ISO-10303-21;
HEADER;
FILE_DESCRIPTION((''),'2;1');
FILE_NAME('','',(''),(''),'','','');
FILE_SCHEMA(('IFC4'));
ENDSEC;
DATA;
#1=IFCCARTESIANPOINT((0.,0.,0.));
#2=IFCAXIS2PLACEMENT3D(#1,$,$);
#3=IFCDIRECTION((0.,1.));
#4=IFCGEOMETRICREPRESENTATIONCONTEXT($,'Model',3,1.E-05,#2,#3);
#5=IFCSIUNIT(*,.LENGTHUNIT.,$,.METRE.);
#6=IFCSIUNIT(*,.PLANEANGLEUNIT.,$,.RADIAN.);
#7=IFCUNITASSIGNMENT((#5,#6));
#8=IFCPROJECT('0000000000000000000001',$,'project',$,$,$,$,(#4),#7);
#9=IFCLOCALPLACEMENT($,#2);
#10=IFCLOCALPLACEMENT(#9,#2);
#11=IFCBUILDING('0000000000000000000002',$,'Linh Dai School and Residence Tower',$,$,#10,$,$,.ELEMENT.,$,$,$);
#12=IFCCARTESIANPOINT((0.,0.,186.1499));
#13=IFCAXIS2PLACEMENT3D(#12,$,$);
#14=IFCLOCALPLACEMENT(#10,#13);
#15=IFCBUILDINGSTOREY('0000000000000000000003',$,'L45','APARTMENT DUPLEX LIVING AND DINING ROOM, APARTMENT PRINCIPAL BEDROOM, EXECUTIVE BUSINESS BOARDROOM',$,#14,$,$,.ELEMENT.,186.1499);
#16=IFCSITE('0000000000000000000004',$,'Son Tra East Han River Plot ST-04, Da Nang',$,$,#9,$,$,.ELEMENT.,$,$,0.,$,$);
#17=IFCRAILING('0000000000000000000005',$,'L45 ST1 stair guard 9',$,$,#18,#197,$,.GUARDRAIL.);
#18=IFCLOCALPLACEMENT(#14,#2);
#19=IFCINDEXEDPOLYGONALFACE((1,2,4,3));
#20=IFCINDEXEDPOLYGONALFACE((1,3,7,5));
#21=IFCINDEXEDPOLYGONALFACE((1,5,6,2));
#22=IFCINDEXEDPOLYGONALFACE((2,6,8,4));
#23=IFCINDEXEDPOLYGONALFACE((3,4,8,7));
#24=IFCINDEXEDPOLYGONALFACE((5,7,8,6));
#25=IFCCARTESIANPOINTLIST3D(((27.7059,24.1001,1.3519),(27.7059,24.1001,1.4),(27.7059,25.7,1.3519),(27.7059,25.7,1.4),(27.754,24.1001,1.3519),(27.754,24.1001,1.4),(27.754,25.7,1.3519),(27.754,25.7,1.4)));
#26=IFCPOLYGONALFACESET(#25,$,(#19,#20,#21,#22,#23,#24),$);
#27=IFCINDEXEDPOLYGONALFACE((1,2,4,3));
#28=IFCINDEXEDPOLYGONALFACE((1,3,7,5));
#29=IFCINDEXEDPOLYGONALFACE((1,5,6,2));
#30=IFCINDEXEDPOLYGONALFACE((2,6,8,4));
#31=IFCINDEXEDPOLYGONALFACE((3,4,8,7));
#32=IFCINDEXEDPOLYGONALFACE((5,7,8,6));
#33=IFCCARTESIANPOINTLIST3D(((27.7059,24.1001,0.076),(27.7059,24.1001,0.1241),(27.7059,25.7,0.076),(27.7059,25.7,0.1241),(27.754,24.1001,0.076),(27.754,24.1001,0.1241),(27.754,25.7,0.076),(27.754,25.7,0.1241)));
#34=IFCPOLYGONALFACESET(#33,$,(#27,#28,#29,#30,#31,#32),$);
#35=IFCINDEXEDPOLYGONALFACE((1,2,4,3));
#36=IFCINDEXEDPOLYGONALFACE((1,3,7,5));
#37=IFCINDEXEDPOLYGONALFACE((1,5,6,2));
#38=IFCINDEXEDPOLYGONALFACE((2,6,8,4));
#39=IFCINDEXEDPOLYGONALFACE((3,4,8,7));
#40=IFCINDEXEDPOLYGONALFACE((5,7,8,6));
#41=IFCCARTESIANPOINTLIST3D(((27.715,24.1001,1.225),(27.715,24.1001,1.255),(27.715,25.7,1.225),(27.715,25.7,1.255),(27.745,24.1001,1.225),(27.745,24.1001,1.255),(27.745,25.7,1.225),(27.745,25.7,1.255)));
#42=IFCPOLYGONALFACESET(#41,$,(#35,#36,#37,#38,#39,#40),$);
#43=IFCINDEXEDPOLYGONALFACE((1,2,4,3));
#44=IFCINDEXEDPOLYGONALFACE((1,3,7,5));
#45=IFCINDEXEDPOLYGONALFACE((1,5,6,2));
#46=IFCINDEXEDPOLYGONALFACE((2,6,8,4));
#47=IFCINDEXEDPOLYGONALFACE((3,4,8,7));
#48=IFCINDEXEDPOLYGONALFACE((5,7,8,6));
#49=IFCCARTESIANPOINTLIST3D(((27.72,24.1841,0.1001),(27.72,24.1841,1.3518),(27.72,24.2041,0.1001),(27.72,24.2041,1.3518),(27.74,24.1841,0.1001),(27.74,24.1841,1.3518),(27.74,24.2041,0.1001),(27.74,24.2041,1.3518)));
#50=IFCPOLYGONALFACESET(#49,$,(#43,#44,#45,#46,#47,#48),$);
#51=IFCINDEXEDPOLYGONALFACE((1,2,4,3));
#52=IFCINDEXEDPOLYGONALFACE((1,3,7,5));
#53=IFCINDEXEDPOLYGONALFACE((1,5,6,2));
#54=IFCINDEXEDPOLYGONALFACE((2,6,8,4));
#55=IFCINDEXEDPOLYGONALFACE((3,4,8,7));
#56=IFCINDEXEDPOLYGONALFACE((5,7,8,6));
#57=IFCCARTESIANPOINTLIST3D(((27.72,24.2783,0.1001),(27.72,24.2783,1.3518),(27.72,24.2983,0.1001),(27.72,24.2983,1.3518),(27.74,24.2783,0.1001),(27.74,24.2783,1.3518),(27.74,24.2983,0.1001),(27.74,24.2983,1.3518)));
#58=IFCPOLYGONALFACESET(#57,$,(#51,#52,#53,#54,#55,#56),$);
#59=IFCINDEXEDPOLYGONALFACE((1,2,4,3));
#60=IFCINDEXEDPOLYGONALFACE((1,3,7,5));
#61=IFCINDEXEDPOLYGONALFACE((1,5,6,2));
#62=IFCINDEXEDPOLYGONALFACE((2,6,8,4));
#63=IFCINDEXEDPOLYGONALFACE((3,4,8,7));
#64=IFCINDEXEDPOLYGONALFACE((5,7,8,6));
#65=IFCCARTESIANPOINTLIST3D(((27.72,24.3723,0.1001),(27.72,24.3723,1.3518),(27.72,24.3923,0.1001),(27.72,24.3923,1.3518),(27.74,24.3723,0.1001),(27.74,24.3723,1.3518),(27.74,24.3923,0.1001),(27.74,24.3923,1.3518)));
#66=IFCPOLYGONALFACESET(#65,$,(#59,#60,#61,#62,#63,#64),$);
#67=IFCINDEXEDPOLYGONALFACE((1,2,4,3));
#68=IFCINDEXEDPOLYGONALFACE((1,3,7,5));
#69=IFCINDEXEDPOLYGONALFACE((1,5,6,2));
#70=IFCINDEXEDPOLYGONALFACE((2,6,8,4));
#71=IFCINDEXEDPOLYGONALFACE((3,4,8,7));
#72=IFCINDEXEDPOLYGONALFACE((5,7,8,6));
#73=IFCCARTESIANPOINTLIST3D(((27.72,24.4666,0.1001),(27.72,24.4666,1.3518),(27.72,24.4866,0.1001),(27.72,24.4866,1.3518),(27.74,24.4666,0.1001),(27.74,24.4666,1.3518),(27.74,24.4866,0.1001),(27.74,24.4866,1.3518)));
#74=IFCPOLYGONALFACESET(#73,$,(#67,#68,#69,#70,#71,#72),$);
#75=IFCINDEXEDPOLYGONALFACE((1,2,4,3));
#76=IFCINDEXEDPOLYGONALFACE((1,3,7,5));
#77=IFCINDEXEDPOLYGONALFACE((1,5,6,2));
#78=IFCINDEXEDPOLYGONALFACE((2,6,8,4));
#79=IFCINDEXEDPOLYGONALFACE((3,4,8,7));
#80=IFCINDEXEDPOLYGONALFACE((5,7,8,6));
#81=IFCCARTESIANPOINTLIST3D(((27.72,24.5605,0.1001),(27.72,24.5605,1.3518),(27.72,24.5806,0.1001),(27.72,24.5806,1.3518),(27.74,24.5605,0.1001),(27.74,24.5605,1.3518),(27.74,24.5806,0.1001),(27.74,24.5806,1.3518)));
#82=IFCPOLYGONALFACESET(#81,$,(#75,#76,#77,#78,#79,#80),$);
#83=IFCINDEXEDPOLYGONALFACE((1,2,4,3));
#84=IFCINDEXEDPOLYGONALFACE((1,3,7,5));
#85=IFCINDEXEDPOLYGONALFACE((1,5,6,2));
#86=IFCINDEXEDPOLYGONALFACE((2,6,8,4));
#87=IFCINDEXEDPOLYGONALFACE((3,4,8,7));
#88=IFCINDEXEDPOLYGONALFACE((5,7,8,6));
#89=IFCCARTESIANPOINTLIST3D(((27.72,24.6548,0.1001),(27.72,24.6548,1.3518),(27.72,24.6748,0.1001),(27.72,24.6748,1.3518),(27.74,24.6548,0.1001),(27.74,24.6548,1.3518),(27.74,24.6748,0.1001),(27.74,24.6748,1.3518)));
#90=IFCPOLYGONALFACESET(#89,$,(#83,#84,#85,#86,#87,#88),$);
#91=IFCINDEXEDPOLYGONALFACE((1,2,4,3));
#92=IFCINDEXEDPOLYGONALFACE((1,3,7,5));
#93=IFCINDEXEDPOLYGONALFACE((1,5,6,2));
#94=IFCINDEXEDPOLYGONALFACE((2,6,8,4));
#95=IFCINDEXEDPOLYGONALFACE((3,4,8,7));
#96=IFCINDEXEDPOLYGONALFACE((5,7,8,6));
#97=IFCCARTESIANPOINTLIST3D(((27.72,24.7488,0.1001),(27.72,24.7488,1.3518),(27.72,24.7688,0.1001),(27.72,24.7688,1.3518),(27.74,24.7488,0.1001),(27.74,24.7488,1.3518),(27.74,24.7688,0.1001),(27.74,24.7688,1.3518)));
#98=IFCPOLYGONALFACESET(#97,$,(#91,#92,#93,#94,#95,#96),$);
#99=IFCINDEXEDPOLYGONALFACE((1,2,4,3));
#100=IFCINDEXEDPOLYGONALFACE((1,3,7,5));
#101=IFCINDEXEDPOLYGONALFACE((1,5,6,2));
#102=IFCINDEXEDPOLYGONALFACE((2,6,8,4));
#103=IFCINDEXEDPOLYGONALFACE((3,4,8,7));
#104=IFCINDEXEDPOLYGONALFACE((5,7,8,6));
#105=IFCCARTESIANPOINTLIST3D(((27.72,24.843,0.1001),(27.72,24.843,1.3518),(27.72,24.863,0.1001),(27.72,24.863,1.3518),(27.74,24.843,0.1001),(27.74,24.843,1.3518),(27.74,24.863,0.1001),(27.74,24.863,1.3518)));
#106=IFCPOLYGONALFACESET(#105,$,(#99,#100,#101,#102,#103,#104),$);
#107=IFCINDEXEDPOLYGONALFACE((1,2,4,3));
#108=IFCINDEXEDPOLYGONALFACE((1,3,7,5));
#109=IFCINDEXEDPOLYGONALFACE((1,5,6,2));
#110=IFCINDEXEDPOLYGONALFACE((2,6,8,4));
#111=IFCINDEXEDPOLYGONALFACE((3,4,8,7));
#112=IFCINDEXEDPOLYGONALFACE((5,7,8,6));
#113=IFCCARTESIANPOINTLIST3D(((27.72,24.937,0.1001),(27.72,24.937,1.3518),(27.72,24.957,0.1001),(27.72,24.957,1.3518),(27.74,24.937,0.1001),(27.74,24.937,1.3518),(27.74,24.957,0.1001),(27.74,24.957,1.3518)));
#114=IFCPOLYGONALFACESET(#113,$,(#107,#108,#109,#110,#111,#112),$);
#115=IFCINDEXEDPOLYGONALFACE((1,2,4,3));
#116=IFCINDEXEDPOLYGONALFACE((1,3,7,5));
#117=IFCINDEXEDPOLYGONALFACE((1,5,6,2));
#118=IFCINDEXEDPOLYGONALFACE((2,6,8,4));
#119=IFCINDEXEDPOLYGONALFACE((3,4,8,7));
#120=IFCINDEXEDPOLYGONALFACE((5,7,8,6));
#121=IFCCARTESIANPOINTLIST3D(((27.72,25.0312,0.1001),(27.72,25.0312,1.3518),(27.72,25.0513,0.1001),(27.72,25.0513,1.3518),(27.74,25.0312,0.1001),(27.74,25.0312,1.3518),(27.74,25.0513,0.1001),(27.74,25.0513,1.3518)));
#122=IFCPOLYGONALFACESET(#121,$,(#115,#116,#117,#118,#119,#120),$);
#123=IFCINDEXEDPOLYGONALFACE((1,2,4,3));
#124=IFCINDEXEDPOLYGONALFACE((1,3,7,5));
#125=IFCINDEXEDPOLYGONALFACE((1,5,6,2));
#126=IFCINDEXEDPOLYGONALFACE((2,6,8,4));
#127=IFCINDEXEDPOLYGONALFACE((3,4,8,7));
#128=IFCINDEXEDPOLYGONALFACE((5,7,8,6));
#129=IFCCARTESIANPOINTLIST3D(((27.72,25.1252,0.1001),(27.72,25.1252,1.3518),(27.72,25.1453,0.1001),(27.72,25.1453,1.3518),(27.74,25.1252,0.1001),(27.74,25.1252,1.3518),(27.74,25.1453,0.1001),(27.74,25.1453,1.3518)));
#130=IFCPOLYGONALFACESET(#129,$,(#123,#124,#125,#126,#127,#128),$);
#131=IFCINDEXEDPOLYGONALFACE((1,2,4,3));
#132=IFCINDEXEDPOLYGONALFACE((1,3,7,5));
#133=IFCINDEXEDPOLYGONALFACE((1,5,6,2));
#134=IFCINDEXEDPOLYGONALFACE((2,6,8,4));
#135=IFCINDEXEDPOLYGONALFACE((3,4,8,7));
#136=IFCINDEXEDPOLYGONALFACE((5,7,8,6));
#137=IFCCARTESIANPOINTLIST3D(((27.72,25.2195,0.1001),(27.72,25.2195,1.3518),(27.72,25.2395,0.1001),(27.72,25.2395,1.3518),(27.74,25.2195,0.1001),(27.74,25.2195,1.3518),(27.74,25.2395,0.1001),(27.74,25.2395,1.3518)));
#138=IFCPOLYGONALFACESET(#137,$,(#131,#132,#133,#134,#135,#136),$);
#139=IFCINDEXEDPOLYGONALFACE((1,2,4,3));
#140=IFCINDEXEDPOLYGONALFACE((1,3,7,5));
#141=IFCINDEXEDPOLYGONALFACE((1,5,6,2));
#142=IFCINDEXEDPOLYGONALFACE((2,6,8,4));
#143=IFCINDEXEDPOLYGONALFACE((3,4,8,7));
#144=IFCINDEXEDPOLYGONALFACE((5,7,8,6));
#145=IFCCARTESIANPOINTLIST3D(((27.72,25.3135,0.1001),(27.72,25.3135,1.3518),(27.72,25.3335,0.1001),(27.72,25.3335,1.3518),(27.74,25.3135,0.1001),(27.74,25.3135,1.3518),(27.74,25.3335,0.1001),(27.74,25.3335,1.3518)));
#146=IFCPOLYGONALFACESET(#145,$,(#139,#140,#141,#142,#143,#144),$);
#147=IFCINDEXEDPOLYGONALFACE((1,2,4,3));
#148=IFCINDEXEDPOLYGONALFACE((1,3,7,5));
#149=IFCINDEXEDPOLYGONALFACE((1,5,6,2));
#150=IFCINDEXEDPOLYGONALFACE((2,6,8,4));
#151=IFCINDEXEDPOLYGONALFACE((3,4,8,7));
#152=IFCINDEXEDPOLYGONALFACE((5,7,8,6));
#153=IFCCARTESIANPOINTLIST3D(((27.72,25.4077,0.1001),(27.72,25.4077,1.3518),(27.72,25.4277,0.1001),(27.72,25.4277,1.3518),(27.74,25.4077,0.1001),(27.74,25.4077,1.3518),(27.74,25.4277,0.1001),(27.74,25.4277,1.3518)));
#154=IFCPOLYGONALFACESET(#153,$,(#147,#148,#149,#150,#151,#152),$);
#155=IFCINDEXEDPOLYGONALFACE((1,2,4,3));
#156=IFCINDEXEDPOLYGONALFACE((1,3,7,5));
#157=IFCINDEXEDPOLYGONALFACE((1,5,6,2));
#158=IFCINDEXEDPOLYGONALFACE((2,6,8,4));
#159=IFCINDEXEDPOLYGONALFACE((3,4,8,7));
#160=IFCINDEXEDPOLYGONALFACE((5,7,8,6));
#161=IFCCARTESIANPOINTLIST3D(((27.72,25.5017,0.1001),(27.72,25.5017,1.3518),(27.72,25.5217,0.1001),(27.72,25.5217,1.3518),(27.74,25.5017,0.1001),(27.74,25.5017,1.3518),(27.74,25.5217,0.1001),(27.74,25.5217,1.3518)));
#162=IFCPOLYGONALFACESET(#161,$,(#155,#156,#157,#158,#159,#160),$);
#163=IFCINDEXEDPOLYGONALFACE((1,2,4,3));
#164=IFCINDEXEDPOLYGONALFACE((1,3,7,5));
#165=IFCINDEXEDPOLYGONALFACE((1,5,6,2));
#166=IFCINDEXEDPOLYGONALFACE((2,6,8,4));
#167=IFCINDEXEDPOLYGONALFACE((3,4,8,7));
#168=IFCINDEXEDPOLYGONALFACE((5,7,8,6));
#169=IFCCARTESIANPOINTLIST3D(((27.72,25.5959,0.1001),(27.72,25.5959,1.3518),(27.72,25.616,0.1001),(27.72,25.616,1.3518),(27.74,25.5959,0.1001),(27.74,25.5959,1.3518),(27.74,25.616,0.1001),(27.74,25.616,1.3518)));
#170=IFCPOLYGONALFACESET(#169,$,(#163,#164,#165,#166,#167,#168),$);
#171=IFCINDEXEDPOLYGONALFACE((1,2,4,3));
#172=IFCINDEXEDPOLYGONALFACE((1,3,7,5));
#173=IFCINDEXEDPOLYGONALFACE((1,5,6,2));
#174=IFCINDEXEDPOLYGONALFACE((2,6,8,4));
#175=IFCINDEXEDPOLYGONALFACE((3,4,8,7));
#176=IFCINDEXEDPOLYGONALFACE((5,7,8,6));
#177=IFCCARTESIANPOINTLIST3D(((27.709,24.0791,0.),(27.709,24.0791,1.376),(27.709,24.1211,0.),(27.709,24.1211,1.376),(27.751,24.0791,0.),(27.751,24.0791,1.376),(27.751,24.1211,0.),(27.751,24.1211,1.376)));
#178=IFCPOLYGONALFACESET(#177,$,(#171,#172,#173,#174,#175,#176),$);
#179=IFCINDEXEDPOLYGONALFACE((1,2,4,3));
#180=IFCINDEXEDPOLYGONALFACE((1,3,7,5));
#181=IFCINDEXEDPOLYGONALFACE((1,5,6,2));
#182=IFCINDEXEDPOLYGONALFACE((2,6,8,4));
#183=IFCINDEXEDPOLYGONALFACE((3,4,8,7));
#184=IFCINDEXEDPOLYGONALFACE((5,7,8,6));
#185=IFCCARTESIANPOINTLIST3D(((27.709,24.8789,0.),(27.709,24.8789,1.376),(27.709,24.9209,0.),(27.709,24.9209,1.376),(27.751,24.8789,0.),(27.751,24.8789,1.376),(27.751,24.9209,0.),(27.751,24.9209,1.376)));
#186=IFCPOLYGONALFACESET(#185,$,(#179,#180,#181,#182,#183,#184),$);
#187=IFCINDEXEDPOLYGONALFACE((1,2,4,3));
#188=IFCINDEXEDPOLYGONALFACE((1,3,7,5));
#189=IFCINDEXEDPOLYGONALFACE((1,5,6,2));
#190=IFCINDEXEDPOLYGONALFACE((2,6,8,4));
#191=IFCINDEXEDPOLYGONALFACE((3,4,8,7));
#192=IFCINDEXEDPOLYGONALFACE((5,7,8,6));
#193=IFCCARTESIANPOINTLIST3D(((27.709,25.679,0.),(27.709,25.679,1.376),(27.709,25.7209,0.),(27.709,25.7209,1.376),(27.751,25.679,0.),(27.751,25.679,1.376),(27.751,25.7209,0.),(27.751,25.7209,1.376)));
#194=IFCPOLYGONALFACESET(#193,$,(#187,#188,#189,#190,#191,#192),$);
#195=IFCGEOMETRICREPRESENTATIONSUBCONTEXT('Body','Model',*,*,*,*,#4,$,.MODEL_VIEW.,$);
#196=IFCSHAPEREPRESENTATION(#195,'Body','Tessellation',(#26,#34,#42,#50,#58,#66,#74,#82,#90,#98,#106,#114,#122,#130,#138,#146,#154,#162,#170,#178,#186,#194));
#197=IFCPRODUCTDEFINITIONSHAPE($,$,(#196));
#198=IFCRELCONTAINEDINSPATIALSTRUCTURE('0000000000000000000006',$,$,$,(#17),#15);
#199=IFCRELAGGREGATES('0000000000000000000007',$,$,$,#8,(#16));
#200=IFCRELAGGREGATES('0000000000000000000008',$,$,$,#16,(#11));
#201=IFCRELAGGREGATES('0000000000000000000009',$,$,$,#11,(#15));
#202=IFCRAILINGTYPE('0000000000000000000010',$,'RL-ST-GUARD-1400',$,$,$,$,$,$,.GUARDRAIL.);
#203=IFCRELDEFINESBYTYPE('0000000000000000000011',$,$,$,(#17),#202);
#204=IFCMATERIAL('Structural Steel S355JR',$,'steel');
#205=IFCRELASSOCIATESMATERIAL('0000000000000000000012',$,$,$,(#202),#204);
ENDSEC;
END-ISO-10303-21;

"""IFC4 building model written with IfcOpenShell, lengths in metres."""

from ifc_helpers import new_model, si_unit, direction, frame, origin, origin_2d, place, context, subcontext, project, spatial, rectangle, extrude, source, transform, mapped, material, type_object, element, save


model = new_model("IFC4")

# Units and contexts
model_context = context("Model", 3, precision=1e-05, world=origin(), true_north=direction((0.0, 1.0)))
body_context = subcontext(model_context, "Body", "Model", "MODEL_VIEW")
ifc_project = project(units=[si_unit("LENGTHUNIT", "METRE"), si_unit("PLANEANGLEUNIT", "RADIAN")], contexts=[model_context])

# Site, building, storey
site_placement = place(None, origin())
site = spatial("IfcSite", under=ifc_project, at=site_placement, Name="Son Tra East Han River Plot ST-04, Da Nang", CompositionType="ELEMENT", RefElevation=0.0)
building_placement = place(site_placement, origin())
building = spatial("IfcBuilding", under=site, at=building_placement, Name="Linh Dai School and Residence Tower", CompositionType="ELEMENT")
storey_placement = place(building_placement, frame((0.0, 0.0, 186.1499)))
storey = spatial("IfcBuildingStorey", under=building, at=storey_placement, Name="L45", Description="APARTMENT DUPLEX LIVING AND DINING ROOM, APARTMENT PRINCIPAL BEDROOM, EXECUTIVE BUSINESS BOARDROOM", CompositionType="ELEMENT", Elevation=186.1499)

# Shared definitions
ifc_material_1 = material(Name="Structural Steel S355JR", Category="steel")

# Railing
railing_type = type_object("IfcRailingType", Name="RL-ST-GUARD-1400", PredefinedType="GUARDRAIL", material=ifc_material_1)
shared_shape_1 = source(origin(), body_context, "Body", "SweptSolid", [
    extrude(rectangle(XDim=0.0481, YDim=0.0481, at=origin_2d()), frame((0.0, 0.0, 1.376), z_axis=(0.0, 1.0, 0.0), x_axis=(-1.0, 0.0, 0.0)), (0.0, 0.0, 1.0), 1.5999),
    extrude(rectangle(XDim=0.0481, YDim=0.0481, at=origin_2d()), frame((0.0, 0.0, 0.1001), z_axis=(0.0, 1.0, 0.0), x_axis=(-1.0, 0.0, 0.0)), (0.0, 0.0, 1.0), 1.5999),
    extrude(rectangle(XDim=0.03, YDim=0.03, at=origin_2d()), frame((0.0, 0.0, 1.24), z_axis=(0.0, 1.0, 0.0), x_axis=(-1.0, 0.0, 0.0)), (0.0, 0.0, 1.0), 1.5999),
    extrude(rectangle(XDim=0.02, YDim=0.02, at=origin_2d()), frame((0.0, 0.094, 0.1001)), (0.0, 0.0, 1.0), 1.2517),
    extrude(rectangle(XDim=0.02, YDim=0.02, at=origin_2d()), frame((0.0, 0.1882, 0.1001)), (0.0, 0.0, 1.0), 1.2517),
    extrude(rectangle(XDim=0.02, YDim=0.02, at=origin_2d()), frame((0.0, 0.2822, 0.1001)), (0.0, 0.0, 1.0), 1.2517),
    extrude(rectangle(XDim=0.02, YDim=0.02, at=origin_2d()), frame((0.0, 0.3765, 0.1001)), (0.0, 0.0, 1.0), 1.2517),
    extrude(rectangle(XDim=0.02, YDim=0.02, at=origin_2d()), frame((0.0, 0.4705, 0.1001)), (0.0, 0.0, 1.0), 1.2517),
    extrude(rectangle(XDim=0.02, YDim=0.02, at=origin_2d()), frame((0.0, 0.5647, 0.1001)), (0.0, 0.0, 1.0), 1.2517),
    extrude(rectangle(XDim=0.02, YDim=0.02, at=origin_2d()), frame((0.0, 0.6587, 0.1001)), (0.0, 0.0, 1.0), 1.2517),
    extrude(rectangle(XDim=0.02, YDim=0.02, at=origin_2d()), frame((0.0, 0.7529, 0.1001)), (0.0, 0.0, 1.0), 1.2517),
    extrude(rectangle(XDim=0.02, YDim=0.02, at=origin_2d()), frame((0.0, 0.8469, 0.1001)), (0.0, 0.0, 1.0), 1.2517),
    extrude(rectangle(XDim=0.02, YDim=0.02, at=origin_2d()), frame((0.0, 0.9412, 0.1001)), (0.0, 0.0, 1.0), 1.2517),
    extrude(rectangle(XDim=0.02, YDim=0.02, at=origin_2d()), frame((0.0, 1.0352, 0.1001)), (0.0, 0.0, 1.0), 1.2517),
    extrude(rectangle(XDim=0.02, YDim=0.02, at=origin_2d()), frame((0.0, 1.1294, 0.1001)), (0.0, 0.0, 1.0), 1.2517),
    extrude(rectangle(XDim=0.02, YDim=0.02, at=origin_2d()), frame((0.0, 1.2234, 0.1001)), (0.0, 0.0, 1.0), 1.2517),
    extrude(rectangle(XDim=0.02, YDim=0.02, at=origin_2d()), frame((0.0, 1.3176, 0.1001)), (0.0, 0.0, 1.0), 1.2517),
    extrude(rectangle(XDim=0.02, YDim=0.02, at=origin_2d()), frame((0.0, 1.4116, 0.1001)), (0.0, 0.0, 1.0), 1.2517),
    extrude(rectangle(XDim=0.02, YDim=0.02, at=origin_2d()), frame((0.0, 1.5059, 0.1001)), (0.0, 0.0, 1.0), 1.2517),
    extrude(rectangle(XDim=0.042, YDim=0.042, at=origin_2d()), origin(), (0.0, 0.0, 1.0), 1.376),
    extrude(rectangle(XDim=0.042, YDim=0.042, at=origin_2d()), frame((0.0, 0.7998, 0.0)), (0.0, 0.0, 1.0), 1.376),
    extrude(rectangle(XDim=0.042, YDim=0.042, at=origin_2d()), frame((0.0, 1.5999, 0.0)), (0.0, 0.0, 1.0), 1.376),
])
for number, where, name in (
    (1, (27.73, 24.1001, 0.0), "L45 ST1 stair guard 9"),
):
    element("IfcRailing", number, at=place(storey_placement, frame(where)), inside=storey, type_object=railing_type, Name=name, PredefinedType="GUARDRAIL", context=body_context, shape_type="MappedRepresentation", body=[
        mapped(shared_shape_1, transform((0.0, 0.0, 0.0), x_axis=(1.0, 0.0, 0.0), y_axis=(0.0, 1.0, 0.0), z_axis=(0.0, 0.0, 1.0), scale=1.0)),
    ])

save(model, "model.ifc")
